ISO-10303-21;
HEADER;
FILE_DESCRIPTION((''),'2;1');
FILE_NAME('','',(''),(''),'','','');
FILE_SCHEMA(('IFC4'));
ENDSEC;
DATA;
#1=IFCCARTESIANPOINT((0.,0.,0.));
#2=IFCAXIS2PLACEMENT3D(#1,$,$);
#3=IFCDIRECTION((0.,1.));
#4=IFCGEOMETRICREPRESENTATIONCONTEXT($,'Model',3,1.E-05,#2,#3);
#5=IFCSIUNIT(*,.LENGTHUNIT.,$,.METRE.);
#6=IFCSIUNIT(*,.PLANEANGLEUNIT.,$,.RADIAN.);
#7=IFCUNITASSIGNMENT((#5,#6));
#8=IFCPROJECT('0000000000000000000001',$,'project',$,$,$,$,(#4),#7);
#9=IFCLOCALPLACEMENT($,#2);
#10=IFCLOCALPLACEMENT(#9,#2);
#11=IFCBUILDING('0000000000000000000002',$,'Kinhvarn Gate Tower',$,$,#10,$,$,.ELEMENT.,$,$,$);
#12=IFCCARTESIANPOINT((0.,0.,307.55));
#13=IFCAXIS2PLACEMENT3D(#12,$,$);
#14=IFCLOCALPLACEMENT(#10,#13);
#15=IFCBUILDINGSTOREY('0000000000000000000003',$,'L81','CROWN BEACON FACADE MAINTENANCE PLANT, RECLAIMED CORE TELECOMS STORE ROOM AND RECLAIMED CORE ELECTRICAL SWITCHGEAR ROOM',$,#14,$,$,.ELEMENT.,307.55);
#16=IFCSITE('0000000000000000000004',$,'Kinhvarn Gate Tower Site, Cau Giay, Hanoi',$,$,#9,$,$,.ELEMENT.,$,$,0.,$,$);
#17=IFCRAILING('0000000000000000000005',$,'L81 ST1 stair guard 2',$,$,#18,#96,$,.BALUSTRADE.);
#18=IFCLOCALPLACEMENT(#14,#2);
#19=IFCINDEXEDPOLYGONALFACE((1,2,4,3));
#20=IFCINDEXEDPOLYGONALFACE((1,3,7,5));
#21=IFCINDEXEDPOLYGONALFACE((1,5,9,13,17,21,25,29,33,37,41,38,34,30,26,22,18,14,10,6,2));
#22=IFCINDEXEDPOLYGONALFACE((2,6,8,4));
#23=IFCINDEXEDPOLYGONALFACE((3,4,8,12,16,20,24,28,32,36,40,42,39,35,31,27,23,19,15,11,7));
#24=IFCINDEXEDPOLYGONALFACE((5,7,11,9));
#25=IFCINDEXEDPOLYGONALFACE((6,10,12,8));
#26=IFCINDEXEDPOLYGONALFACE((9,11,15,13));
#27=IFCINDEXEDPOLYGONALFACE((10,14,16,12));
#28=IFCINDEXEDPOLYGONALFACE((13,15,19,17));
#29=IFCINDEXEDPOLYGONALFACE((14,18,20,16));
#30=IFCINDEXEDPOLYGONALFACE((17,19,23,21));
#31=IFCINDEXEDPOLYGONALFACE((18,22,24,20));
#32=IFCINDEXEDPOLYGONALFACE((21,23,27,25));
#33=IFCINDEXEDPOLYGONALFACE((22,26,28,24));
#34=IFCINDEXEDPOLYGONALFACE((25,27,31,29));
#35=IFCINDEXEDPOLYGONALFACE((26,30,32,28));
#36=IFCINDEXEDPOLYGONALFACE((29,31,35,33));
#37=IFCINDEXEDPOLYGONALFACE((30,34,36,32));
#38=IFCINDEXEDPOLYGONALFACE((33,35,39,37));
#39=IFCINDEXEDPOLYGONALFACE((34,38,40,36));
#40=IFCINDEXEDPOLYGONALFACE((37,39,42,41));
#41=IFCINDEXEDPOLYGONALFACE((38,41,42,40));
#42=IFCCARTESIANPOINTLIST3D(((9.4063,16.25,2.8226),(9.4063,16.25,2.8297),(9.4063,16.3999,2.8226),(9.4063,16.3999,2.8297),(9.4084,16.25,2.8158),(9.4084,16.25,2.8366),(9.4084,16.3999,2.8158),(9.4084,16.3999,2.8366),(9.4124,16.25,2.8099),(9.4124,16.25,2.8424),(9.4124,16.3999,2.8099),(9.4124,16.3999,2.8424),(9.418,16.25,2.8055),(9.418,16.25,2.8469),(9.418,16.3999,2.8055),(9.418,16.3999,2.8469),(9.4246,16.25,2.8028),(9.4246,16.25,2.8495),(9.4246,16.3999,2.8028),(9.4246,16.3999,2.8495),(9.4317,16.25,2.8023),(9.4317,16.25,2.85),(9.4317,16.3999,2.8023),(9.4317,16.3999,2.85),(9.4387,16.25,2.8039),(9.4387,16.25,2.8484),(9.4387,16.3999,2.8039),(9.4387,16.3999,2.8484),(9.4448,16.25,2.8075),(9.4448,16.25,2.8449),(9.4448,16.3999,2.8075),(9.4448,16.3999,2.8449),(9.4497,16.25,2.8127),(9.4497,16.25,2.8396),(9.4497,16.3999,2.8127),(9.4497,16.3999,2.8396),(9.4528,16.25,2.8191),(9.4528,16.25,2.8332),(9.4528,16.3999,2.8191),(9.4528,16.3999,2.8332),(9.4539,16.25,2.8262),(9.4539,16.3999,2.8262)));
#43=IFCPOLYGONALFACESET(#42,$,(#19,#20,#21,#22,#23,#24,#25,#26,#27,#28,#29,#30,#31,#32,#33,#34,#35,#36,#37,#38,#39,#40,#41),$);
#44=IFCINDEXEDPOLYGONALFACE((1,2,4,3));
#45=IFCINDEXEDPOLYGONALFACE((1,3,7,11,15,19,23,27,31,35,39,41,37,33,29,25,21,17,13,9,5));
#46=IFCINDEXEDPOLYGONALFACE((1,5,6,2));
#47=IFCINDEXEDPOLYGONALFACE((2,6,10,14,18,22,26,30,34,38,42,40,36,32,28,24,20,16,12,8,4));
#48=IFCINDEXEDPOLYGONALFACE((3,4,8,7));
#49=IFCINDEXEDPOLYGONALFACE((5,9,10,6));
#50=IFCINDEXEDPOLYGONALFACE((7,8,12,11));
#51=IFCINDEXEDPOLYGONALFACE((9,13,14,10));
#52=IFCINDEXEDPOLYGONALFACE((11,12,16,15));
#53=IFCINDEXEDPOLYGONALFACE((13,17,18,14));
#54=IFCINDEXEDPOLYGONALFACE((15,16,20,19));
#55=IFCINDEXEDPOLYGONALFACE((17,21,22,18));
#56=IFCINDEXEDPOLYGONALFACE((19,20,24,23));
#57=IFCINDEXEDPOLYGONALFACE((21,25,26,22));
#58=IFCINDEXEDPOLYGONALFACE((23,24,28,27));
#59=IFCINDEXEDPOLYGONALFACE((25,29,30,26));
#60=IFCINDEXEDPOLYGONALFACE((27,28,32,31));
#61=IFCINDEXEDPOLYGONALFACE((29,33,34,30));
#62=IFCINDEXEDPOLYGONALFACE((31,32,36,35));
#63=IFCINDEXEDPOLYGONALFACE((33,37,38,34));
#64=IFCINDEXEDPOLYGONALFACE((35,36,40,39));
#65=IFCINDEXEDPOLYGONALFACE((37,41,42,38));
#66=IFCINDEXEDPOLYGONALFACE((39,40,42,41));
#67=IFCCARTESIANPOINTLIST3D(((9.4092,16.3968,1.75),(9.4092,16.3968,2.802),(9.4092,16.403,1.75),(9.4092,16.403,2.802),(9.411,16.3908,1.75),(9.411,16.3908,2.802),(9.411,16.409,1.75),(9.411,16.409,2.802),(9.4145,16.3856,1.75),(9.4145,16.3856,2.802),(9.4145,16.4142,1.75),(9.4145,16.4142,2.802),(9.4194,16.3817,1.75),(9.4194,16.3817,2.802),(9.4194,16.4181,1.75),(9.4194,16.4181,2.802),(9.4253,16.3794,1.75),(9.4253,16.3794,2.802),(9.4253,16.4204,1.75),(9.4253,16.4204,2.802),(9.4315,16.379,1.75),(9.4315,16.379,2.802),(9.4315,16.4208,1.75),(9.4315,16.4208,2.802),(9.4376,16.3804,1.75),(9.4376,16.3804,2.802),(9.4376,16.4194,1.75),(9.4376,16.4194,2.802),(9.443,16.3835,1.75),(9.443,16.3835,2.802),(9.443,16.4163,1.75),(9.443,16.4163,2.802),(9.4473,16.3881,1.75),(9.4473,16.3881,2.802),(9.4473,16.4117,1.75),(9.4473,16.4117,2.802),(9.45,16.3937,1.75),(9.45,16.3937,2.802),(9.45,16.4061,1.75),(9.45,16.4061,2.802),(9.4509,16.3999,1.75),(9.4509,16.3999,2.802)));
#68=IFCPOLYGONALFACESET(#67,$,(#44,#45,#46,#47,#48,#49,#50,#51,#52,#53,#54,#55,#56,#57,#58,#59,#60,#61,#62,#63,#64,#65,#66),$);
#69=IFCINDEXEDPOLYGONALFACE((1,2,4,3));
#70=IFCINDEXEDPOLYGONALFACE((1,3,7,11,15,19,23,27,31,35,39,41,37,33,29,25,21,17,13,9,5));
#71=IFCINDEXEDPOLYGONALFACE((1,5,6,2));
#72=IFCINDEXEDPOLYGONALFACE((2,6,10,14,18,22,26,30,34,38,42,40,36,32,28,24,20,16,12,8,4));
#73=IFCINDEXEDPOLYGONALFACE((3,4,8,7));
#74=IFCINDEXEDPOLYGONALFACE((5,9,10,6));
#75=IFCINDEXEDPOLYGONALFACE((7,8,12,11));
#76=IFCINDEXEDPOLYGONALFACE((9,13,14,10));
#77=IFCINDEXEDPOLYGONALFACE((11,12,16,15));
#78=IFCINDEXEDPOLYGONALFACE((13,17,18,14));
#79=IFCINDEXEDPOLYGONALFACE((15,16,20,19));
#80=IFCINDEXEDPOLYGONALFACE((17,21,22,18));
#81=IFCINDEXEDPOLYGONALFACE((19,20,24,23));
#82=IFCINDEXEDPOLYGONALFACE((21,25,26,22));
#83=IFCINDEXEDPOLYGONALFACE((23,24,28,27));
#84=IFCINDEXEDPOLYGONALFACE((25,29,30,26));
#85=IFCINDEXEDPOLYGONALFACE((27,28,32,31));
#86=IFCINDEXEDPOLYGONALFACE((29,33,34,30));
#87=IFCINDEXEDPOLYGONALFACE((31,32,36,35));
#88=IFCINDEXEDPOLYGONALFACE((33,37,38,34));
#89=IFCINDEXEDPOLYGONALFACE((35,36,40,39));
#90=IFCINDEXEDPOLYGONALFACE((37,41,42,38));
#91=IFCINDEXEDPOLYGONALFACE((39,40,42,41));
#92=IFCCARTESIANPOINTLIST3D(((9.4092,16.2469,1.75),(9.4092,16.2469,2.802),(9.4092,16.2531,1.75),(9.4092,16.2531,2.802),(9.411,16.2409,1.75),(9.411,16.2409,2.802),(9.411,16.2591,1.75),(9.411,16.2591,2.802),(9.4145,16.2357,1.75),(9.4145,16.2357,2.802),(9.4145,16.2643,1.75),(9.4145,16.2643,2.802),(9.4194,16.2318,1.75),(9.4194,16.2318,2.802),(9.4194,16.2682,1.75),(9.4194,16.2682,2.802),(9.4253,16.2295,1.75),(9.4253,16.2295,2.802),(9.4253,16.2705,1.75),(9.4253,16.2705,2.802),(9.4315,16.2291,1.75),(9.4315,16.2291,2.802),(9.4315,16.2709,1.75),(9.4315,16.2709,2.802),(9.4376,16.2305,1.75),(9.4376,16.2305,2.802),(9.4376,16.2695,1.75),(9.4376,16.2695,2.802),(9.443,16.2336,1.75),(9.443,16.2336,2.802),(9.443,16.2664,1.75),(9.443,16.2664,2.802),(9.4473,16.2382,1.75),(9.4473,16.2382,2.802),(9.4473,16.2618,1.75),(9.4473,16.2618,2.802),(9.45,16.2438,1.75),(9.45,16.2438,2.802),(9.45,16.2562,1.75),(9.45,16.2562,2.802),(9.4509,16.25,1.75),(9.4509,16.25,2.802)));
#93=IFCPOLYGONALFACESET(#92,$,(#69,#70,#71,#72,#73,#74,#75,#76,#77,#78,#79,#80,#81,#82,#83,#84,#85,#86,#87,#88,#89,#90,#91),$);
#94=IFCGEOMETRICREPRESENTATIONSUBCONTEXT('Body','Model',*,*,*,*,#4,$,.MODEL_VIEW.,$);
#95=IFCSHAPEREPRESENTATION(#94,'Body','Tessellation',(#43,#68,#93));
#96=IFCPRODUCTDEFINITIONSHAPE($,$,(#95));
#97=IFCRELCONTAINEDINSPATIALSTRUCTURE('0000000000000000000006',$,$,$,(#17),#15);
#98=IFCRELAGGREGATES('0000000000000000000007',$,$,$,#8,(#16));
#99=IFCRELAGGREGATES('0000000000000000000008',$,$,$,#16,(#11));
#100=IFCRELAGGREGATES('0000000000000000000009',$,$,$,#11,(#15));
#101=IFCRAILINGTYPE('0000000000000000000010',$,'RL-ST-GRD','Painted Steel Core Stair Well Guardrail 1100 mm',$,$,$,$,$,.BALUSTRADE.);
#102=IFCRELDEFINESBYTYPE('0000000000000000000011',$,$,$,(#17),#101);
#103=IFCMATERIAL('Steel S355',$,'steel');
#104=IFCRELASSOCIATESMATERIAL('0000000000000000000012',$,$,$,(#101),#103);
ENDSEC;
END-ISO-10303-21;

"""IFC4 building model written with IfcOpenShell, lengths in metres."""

from ifc_helpers import new_model, si_unit, direction, frame, origin, origin_2d, place, context, subcontext, project, spatial, circle, extrude, material, type_object, element, save


model = new_model("IFC4")

# Units and contexts
model_context = context("Model", 3, precision=1e-05, world=origin(), true_north=direction((0.0, 1.0)))
body_context = subcontext(model_context, "Body", "Model", "MODEL_VIEW")
ifc_project = project(units=[si_unit("LENGTHUNIT", "METRE"), si_unit("PLANEANGLEUNIT", "RADIAN")], contexts=[model_context])

# Site, building, storey
site_placement = place(None, origin())
site = spatial("IfcSite", under=ifc_project, at=site_placement, Name="Kinhvarn Gate Tower Site, Cau Giay, Hanoi", CompositionType="ELEMENT", RefElevation=0.0)
building_placement = place(site_placement, origin())
building = spatial("IfcBuilding", under=site, at=building_placement, Name="Kinhvarn Gate Tower", CompositionType="ELEMENT")
storey_placement = place(building_placement, frame((0.0, 0.0, 307.55)))
storey = spatial("IfcBuildingStorey", under=building, at=storey_placement, Name="L81", Description="CROWN BEACON FACADE MAINTENANCE PLANT, RECLAIMED CORE TELECOMS STORE ROOM AND RECLAIMED CORE ELECTRICAL SWITCHGEAR ROOM", CompositionType="ELEMENT", Elevation=307.55)

# Railing
ifc_material_1 = material(Name="Steel S355", Category="steel")
railing_type_1 = type_object("IfcRailingType", Name="RL-ST-GRD", Description="Painted Steel Core Stair Well Guardrail 1100 mm", PredefinedType="BALUSTRADE", material=ifc_material_1)
railing_1_placement = place(storey_placement, frame((9.4299, 16.3999, 1.75)))
element("IfcRailing", 1, at=railing_1_placement, inside=storey, type_object=railing_type_1, Name="L81 ST1 stair guard 2", PredefinedType="BALUSTRADE", context=body_context, shape_type="SweptSolid", body=[
    extrude(circle(Radius=0.0239, at=origin_2d()), frame((0.0, 0.0, 1.0762), z_axis=(0.0, -1.0, 0.0), x_axis=(1.0, 0.0, 0.0)), (0.0, 0.0, 1.0), 0.1499),
    extrude(circle(Radius=0.021, at=origin_2d()), origin(), (0.0, 0.0, 1.0), 1.052),
    extrude(circle(Radius=0.021, at=origin_2d()), frame((0.0, -0.1499, 0.0)), (0.0, 0.0, 1.0), 1.052),
])

save(model, "model.ifc")
